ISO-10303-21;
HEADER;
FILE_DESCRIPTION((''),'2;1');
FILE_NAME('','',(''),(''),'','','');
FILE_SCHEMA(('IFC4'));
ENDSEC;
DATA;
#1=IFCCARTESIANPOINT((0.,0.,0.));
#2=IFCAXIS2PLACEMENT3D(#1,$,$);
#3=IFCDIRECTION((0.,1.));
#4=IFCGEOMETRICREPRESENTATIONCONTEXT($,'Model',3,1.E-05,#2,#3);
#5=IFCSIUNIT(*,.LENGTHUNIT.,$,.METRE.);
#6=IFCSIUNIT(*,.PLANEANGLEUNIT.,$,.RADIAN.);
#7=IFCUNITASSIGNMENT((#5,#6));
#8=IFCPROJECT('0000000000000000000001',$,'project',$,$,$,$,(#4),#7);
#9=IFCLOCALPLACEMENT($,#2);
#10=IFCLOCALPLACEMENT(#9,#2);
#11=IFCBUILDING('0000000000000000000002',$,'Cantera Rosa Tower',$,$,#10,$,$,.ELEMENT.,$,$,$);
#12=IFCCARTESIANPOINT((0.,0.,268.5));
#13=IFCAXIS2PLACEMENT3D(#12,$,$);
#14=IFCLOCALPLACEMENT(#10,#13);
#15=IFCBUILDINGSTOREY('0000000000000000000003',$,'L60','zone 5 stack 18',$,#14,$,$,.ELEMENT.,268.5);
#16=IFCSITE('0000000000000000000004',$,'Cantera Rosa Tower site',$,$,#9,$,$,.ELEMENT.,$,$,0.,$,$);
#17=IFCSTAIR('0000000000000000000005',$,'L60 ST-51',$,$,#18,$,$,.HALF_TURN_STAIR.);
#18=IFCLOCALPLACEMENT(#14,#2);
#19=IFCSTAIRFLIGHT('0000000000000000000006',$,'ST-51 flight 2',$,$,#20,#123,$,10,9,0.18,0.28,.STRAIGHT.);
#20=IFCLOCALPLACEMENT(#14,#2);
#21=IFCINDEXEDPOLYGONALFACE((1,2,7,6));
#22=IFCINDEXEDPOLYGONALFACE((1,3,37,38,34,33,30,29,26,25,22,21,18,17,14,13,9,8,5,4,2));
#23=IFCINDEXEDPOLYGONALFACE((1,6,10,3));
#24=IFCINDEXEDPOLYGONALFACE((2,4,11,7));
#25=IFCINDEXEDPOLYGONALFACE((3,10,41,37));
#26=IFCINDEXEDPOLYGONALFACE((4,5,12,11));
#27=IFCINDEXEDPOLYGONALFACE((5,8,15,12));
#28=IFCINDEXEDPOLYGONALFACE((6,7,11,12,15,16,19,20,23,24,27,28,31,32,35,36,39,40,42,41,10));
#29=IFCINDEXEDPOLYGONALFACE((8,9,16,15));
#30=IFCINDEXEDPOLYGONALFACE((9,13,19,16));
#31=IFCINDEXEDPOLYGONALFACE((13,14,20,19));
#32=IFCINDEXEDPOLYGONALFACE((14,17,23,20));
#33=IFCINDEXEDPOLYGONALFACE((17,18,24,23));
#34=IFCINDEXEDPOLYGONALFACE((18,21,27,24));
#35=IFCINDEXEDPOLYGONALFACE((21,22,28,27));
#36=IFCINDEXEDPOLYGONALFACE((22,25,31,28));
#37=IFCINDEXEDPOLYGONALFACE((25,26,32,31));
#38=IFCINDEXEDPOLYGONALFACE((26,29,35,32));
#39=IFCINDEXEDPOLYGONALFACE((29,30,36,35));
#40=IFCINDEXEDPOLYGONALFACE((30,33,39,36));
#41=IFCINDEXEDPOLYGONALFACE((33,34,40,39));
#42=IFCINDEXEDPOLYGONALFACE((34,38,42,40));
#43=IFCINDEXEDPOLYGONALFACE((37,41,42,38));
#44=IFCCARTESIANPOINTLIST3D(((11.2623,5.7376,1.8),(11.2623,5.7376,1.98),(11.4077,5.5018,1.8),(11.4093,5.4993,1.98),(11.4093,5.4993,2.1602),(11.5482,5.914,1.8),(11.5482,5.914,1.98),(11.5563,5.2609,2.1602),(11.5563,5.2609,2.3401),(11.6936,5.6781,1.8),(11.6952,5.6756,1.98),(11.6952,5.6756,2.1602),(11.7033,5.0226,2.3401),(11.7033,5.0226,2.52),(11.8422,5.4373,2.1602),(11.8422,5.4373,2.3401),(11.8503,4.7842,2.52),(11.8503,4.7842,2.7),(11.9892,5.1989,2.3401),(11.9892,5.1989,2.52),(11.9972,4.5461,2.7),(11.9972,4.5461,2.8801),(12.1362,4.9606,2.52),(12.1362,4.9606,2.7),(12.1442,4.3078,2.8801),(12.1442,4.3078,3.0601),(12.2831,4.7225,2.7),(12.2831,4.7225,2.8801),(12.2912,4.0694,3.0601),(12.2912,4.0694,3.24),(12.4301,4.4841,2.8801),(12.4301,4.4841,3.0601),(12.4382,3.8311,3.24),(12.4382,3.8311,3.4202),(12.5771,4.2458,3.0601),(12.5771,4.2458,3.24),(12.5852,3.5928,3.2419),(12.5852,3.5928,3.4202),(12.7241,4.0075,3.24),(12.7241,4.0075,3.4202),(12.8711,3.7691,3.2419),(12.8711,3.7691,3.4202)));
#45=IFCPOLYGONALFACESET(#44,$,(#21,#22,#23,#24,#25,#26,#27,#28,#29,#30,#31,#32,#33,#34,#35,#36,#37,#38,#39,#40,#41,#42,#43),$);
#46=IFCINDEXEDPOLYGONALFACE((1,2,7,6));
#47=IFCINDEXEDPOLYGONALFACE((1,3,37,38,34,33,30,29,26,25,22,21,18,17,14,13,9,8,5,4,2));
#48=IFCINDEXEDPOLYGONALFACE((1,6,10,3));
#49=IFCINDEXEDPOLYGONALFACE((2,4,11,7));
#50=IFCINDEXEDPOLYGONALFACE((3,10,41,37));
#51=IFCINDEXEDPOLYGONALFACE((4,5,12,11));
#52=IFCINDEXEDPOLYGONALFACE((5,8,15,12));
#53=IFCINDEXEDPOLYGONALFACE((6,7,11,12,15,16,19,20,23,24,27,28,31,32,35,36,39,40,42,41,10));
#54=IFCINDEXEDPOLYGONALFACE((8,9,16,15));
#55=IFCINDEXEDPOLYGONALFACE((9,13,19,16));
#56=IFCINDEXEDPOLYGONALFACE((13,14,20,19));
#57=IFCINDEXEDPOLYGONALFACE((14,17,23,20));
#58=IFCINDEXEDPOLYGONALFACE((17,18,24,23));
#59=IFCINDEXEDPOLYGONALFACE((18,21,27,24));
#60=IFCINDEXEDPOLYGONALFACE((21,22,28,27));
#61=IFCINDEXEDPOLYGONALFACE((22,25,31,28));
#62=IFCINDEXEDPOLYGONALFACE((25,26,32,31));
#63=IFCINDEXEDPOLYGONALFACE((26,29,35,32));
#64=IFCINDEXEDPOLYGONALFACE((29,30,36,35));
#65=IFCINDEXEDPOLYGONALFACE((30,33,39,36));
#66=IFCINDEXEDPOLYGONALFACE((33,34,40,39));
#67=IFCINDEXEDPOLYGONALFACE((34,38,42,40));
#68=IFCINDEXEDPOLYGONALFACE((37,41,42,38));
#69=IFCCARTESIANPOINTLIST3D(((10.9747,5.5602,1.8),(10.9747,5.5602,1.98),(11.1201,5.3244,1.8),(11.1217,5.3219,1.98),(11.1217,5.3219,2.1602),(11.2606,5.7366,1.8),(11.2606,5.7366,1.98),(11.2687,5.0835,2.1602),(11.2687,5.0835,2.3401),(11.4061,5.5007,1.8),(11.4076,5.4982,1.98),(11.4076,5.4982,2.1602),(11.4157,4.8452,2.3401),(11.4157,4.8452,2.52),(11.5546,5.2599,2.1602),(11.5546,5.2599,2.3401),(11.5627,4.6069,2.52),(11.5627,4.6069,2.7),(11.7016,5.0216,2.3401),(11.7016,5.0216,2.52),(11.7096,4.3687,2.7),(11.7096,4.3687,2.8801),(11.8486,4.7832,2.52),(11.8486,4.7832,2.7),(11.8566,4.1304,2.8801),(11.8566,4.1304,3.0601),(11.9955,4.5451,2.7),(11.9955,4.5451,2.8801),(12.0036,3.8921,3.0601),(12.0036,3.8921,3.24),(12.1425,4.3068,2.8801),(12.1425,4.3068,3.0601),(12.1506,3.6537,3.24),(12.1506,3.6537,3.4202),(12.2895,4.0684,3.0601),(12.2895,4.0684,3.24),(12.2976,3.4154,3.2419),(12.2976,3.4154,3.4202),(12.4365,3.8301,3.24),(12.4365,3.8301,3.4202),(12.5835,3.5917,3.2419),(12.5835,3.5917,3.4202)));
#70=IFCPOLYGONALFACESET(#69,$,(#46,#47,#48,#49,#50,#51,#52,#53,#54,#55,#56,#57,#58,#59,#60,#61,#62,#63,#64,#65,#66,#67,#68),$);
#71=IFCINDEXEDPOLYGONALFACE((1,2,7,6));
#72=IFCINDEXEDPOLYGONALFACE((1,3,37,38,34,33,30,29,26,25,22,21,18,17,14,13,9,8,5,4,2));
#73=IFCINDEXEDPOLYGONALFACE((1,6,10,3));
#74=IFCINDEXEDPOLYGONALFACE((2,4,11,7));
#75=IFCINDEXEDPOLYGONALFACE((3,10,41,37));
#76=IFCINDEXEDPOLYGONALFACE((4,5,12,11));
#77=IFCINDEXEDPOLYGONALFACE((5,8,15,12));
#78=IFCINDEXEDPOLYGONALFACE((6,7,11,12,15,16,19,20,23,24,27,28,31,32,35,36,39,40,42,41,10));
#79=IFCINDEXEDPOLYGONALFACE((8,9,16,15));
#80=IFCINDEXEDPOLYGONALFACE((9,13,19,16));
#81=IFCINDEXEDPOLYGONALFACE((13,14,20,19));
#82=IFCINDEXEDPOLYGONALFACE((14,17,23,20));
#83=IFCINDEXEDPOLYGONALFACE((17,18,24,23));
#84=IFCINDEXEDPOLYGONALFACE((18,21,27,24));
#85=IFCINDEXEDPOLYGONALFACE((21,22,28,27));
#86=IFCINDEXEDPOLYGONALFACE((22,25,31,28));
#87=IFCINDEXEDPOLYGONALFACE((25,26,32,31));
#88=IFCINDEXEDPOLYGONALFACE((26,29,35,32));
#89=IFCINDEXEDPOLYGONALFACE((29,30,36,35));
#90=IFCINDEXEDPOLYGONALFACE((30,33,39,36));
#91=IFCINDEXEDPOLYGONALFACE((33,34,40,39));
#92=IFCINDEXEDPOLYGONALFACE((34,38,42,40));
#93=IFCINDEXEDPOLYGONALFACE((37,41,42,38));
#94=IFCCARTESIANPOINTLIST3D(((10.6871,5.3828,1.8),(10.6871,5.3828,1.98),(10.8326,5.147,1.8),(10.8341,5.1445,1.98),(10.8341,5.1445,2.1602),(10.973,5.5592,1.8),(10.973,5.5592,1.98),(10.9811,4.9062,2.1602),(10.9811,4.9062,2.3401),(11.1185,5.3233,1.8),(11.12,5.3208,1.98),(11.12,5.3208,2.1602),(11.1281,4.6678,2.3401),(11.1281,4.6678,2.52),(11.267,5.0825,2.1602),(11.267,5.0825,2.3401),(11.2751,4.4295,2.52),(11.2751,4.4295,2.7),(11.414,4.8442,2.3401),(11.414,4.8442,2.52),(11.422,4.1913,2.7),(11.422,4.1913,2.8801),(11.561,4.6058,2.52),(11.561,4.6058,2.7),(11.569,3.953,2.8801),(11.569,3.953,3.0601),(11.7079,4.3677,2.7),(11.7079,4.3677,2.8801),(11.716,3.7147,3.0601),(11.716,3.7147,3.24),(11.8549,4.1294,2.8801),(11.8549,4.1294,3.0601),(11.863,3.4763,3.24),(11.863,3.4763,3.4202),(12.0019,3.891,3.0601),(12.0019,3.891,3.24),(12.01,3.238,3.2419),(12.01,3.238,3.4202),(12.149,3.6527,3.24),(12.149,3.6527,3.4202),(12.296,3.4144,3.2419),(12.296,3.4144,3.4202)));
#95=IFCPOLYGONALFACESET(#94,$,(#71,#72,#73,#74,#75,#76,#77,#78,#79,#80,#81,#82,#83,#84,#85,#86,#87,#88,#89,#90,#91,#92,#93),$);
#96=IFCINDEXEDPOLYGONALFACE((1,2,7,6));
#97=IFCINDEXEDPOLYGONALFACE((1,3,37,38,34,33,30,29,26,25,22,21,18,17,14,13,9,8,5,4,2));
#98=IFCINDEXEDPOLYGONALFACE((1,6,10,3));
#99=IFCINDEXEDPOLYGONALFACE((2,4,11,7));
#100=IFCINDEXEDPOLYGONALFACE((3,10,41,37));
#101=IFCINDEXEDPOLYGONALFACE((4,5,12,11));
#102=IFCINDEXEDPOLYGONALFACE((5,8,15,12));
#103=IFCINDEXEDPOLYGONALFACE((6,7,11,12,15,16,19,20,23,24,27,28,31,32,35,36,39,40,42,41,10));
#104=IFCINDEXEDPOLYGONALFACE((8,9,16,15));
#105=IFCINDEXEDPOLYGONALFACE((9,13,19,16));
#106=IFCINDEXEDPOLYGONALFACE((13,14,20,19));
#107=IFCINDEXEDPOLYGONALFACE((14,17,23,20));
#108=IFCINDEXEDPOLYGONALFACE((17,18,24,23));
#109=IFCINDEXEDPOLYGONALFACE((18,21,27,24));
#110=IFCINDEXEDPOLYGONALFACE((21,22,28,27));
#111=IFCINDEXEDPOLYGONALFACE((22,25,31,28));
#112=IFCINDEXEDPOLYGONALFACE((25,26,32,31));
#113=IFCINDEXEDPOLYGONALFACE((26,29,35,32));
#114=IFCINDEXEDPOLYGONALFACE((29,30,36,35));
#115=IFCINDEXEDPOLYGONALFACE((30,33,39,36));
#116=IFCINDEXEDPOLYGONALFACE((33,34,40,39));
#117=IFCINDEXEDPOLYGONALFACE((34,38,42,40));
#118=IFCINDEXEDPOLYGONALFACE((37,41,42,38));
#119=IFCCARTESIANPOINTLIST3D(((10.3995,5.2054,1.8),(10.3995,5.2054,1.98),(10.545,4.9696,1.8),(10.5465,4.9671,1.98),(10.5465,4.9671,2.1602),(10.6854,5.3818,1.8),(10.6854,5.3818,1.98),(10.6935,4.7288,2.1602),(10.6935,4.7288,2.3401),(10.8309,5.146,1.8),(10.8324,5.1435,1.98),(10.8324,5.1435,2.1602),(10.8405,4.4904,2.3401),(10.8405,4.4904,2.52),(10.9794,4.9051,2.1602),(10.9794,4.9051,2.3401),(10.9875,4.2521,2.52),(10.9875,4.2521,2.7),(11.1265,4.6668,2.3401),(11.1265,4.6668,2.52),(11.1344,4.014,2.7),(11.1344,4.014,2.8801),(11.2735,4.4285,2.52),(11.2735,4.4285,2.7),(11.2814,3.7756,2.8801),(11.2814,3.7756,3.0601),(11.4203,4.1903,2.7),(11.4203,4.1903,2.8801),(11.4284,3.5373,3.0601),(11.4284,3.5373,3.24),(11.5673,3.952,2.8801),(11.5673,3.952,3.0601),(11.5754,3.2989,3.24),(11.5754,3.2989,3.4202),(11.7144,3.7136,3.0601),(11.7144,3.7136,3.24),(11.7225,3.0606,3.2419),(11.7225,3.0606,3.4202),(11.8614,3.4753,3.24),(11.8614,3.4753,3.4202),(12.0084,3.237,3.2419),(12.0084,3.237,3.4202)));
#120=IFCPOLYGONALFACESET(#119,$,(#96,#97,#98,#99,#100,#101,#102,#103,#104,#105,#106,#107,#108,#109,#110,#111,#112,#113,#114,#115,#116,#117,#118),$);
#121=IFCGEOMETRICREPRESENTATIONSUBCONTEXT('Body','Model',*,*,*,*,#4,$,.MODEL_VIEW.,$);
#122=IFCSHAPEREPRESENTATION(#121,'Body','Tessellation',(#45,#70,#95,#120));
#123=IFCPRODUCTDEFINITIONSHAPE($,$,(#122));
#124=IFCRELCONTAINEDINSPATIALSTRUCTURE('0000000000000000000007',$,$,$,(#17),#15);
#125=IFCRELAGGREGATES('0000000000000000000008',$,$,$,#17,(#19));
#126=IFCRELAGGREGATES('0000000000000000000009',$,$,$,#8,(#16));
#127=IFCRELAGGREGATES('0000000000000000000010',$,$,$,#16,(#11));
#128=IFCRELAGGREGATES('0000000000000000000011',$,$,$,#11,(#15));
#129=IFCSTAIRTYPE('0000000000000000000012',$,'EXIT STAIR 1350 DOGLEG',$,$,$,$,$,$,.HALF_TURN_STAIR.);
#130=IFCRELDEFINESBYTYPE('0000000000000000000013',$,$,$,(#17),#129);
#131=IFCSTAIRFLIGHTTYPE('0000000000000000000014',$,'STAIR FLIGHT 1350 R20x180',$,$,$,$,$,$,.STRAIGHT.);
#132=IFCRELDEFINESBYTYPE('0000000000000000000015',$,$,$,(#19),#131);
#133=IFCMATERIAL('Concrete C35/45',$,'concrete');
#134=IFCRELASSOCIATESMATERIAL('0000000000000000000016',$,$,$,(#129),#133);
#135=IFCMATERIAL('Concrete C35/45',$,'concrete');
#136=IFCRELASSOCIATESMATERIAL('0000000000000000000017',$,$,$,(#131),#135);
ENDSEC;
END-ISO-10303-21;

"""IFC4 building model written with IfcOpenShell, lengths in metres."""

from ifc_helpers import new_model, si_unit, direction, frame, origin, place, context, subcontext, project, spatial, polyline, outline, extrude, material, type_object, element, aggregate, save


model = new_model("IFC4")

# Units and contexts
model_context = context("Model", 3, precision=1e-05, world=origin(), true_north=direction((0.0, 1.0)))
body_context = subcontext(model_context, "Body", "Model", "MODEL_VIEW")
ifc_project = project(units=[si_unit("LENGTHUNIT", "METRE"), si_unit("PLANEANGLEUNIT", "RADIAN")], contexts=[model_context])

# Site, building, storey
site_placement = place(None, origin())
site = spatial("IfcSite", under=ifc_project, at=site_placement, Name="Cantera Rosa Tower site", CompositionType="ELEMENT", RefElevation=0.0)
building_placement = place(site_placement, origin())
building = spatial("IfcBuilding", under=site, at=building_placement, Name="Cantera Rosa Tower", CompositionType="ELEMENT")
storey_placement = place(building_placement, frame((0.0, 0.0, 268.5)))
storey = spatial("IfcBuildingStorey", under=building, at=storey_placement, Name="L60", Description="zone 5 stack 18", CompositionType="ELEMENT", Elevation=268.5)

# Stair, stair flight
ifc_material_1 = material(Name="Concrete C35/45", Category="concrete")
stair_type = type_object("IfcStairType", Name="EXIT STAIR 1350 DOGLEG", PredefinedType="HALF_TURN_STAIR", material=ifc_material_1)
stair_placement = place(storey_placement, origin())
stair = element("IfcStair", 1, at=stair_placement, inside=storey, type_object=stair_type, Name="L60 ST-51", PredefinedType="HALF_TURN_STAIR")
ifc_material_2 = material(Name="Concrete C35/45", Category="concrete")
stair_flight_type = type_object("IfcStairFlightType", Name="STAIR FLIGHT 1350 R20x180", PredefinedType="STRAIGHT", material=ifc_material_2)
stair_flight_1_placement = place(storey_placement, frame((10.9736, 5.5596, 1.8), z_axis=(0.0, 0.0, 1.0), x_axis=(0.524977, -0.851117, 0.0)))
stair_flight_1 = element("IfcStairFlight", 2, at=stair_flight_1_placement, type_object=stair_flight_type, Name="ST-51 flight 2", NumberOfRisers=10, NumberOfTreads=9, PredefinedType="STRAIGHT", RiserHeight=0.18, TreadLength=0.28, context=body_context, shape_type="SweptSolid", body=[
    extrude(outline(polyline([(0.0, 0.0), (0.0, 0.1799), (0.28, 0.1799), (0.28, 0.3601), (0.5601, 0.3601), (0.5601, 0.54), (0.8401, 0.54), (0.8401, 0.72), (1.1201, 0.72), (1.1201, 0.8999), (1.3999, 0.8999), (1.3999, 1.0801), (1.6799, 1.0801), (1.6799, 1.26), (1.96, 1.26), (1.96, 1.4399), (2.24, 1.4399), (2.24, 1.6201), (2.52, 1.6201), (2.52, 1.8), (2.52, 1.4419), (0.2771, 0.0), (0.0, 0.0)])), frame((0.0, 0.675, 0.0), z_axis=(0.0, -1.0, 0.0), x_axis=(1.0, 0.0, 0.0)), (0.0, 0.0, 1.0), 0.3359),
    extrude(outline(polyline([(0.0, 0.0), (0.0, 0.1799), (0.28, 0.1799), (0.28, 0.3601), (0.5601, 0.3601), (0.5601, 0.54), (0.8401, 0.54), (0.8401, 0.72), (1.1201, 0.72), (1.1201, 0.8999), (1.3999, 0.8999), (1.3999, 1.0801), (1.6799, 1.0801), (1.6799, 1.26), (1.96, 1.26), (1.96, 1.4399), (2.24, 1.4399), (2.24, 1.6201), (2.52, 1.6201), (2.52, 1.8), (2.52, 1.4419), (0.2771, 0.0), (0.0, 0.0)])), frame((0.0, 0.3372, 0.0), z_axis=(0.0, -1.0, 0.0), x_axis=(1.0, 0.0, 0.0)), (0.0, 0.0, 1.0), 0.3359),
    extrude(outline(polyline([(0.0, 0.0), (0.0, 0.1799), (0.28, 0.1799), (0.28, 0.3601), (0.5601, 0.3601), (0.5601, 0.54), (0.8401, 0.54), (0.8401, 0.72), (1.1201, 0.72), (1.1201, 0.8999), (1.3999, 0.8999), (1.3999, 1.0801), (1.6799, 1.0801), (1.6799, 1.26), (1.96, 1.26), (1.96, 1.4399), (2.24, 1.4399), (2.24, 1.6201), (2.52, 1.6201), (2.52, 1.8), (2.52, 1.4419), (0.2771, 0.0), (0.0, 0.0)])), frame((0.0, -0.0007, 0.0), z_axis=(0.0, -1.0, 0.0), x_axis=(1.0, 0.0, 0.0)), (0.0, 0.0, 1.0), 0.3359),
    extrude(outline(polyline([(0.0, 0.0), (0.0, 0.1799), (0.28, 0.1799), (0.28, 0.3601), (0.5601, 0.3601), (0.5601, 0.54), (0.8401, 0.54), (0.8401, 0.72), (1.1201, 0.72), (1.1201, 0.8999), (1.3999, 0.8999), (1.3999, 1.0801), (1.6799, 1.0801), (1.6799, 1.26), (1.96, 1.26), (1.96, 1.4399), (2.24, 1.4399), (2.24, 1.6201), (2.52, 1.6201), (2.52, 1.8), (2.52, 1.4419), (0.2771, 0.0), (0.0, 0.0)])), frame((0.0, -0.3386, 0.0), z_axis=(0.0, -1.0, 0.0), x_axis=(1.0, 0.0, 0.0)), (0.0, 0.0, 1.0), 0.3359),
])
aggregate(stair, [stair_flight_1])

save(model, "model.ifc")
